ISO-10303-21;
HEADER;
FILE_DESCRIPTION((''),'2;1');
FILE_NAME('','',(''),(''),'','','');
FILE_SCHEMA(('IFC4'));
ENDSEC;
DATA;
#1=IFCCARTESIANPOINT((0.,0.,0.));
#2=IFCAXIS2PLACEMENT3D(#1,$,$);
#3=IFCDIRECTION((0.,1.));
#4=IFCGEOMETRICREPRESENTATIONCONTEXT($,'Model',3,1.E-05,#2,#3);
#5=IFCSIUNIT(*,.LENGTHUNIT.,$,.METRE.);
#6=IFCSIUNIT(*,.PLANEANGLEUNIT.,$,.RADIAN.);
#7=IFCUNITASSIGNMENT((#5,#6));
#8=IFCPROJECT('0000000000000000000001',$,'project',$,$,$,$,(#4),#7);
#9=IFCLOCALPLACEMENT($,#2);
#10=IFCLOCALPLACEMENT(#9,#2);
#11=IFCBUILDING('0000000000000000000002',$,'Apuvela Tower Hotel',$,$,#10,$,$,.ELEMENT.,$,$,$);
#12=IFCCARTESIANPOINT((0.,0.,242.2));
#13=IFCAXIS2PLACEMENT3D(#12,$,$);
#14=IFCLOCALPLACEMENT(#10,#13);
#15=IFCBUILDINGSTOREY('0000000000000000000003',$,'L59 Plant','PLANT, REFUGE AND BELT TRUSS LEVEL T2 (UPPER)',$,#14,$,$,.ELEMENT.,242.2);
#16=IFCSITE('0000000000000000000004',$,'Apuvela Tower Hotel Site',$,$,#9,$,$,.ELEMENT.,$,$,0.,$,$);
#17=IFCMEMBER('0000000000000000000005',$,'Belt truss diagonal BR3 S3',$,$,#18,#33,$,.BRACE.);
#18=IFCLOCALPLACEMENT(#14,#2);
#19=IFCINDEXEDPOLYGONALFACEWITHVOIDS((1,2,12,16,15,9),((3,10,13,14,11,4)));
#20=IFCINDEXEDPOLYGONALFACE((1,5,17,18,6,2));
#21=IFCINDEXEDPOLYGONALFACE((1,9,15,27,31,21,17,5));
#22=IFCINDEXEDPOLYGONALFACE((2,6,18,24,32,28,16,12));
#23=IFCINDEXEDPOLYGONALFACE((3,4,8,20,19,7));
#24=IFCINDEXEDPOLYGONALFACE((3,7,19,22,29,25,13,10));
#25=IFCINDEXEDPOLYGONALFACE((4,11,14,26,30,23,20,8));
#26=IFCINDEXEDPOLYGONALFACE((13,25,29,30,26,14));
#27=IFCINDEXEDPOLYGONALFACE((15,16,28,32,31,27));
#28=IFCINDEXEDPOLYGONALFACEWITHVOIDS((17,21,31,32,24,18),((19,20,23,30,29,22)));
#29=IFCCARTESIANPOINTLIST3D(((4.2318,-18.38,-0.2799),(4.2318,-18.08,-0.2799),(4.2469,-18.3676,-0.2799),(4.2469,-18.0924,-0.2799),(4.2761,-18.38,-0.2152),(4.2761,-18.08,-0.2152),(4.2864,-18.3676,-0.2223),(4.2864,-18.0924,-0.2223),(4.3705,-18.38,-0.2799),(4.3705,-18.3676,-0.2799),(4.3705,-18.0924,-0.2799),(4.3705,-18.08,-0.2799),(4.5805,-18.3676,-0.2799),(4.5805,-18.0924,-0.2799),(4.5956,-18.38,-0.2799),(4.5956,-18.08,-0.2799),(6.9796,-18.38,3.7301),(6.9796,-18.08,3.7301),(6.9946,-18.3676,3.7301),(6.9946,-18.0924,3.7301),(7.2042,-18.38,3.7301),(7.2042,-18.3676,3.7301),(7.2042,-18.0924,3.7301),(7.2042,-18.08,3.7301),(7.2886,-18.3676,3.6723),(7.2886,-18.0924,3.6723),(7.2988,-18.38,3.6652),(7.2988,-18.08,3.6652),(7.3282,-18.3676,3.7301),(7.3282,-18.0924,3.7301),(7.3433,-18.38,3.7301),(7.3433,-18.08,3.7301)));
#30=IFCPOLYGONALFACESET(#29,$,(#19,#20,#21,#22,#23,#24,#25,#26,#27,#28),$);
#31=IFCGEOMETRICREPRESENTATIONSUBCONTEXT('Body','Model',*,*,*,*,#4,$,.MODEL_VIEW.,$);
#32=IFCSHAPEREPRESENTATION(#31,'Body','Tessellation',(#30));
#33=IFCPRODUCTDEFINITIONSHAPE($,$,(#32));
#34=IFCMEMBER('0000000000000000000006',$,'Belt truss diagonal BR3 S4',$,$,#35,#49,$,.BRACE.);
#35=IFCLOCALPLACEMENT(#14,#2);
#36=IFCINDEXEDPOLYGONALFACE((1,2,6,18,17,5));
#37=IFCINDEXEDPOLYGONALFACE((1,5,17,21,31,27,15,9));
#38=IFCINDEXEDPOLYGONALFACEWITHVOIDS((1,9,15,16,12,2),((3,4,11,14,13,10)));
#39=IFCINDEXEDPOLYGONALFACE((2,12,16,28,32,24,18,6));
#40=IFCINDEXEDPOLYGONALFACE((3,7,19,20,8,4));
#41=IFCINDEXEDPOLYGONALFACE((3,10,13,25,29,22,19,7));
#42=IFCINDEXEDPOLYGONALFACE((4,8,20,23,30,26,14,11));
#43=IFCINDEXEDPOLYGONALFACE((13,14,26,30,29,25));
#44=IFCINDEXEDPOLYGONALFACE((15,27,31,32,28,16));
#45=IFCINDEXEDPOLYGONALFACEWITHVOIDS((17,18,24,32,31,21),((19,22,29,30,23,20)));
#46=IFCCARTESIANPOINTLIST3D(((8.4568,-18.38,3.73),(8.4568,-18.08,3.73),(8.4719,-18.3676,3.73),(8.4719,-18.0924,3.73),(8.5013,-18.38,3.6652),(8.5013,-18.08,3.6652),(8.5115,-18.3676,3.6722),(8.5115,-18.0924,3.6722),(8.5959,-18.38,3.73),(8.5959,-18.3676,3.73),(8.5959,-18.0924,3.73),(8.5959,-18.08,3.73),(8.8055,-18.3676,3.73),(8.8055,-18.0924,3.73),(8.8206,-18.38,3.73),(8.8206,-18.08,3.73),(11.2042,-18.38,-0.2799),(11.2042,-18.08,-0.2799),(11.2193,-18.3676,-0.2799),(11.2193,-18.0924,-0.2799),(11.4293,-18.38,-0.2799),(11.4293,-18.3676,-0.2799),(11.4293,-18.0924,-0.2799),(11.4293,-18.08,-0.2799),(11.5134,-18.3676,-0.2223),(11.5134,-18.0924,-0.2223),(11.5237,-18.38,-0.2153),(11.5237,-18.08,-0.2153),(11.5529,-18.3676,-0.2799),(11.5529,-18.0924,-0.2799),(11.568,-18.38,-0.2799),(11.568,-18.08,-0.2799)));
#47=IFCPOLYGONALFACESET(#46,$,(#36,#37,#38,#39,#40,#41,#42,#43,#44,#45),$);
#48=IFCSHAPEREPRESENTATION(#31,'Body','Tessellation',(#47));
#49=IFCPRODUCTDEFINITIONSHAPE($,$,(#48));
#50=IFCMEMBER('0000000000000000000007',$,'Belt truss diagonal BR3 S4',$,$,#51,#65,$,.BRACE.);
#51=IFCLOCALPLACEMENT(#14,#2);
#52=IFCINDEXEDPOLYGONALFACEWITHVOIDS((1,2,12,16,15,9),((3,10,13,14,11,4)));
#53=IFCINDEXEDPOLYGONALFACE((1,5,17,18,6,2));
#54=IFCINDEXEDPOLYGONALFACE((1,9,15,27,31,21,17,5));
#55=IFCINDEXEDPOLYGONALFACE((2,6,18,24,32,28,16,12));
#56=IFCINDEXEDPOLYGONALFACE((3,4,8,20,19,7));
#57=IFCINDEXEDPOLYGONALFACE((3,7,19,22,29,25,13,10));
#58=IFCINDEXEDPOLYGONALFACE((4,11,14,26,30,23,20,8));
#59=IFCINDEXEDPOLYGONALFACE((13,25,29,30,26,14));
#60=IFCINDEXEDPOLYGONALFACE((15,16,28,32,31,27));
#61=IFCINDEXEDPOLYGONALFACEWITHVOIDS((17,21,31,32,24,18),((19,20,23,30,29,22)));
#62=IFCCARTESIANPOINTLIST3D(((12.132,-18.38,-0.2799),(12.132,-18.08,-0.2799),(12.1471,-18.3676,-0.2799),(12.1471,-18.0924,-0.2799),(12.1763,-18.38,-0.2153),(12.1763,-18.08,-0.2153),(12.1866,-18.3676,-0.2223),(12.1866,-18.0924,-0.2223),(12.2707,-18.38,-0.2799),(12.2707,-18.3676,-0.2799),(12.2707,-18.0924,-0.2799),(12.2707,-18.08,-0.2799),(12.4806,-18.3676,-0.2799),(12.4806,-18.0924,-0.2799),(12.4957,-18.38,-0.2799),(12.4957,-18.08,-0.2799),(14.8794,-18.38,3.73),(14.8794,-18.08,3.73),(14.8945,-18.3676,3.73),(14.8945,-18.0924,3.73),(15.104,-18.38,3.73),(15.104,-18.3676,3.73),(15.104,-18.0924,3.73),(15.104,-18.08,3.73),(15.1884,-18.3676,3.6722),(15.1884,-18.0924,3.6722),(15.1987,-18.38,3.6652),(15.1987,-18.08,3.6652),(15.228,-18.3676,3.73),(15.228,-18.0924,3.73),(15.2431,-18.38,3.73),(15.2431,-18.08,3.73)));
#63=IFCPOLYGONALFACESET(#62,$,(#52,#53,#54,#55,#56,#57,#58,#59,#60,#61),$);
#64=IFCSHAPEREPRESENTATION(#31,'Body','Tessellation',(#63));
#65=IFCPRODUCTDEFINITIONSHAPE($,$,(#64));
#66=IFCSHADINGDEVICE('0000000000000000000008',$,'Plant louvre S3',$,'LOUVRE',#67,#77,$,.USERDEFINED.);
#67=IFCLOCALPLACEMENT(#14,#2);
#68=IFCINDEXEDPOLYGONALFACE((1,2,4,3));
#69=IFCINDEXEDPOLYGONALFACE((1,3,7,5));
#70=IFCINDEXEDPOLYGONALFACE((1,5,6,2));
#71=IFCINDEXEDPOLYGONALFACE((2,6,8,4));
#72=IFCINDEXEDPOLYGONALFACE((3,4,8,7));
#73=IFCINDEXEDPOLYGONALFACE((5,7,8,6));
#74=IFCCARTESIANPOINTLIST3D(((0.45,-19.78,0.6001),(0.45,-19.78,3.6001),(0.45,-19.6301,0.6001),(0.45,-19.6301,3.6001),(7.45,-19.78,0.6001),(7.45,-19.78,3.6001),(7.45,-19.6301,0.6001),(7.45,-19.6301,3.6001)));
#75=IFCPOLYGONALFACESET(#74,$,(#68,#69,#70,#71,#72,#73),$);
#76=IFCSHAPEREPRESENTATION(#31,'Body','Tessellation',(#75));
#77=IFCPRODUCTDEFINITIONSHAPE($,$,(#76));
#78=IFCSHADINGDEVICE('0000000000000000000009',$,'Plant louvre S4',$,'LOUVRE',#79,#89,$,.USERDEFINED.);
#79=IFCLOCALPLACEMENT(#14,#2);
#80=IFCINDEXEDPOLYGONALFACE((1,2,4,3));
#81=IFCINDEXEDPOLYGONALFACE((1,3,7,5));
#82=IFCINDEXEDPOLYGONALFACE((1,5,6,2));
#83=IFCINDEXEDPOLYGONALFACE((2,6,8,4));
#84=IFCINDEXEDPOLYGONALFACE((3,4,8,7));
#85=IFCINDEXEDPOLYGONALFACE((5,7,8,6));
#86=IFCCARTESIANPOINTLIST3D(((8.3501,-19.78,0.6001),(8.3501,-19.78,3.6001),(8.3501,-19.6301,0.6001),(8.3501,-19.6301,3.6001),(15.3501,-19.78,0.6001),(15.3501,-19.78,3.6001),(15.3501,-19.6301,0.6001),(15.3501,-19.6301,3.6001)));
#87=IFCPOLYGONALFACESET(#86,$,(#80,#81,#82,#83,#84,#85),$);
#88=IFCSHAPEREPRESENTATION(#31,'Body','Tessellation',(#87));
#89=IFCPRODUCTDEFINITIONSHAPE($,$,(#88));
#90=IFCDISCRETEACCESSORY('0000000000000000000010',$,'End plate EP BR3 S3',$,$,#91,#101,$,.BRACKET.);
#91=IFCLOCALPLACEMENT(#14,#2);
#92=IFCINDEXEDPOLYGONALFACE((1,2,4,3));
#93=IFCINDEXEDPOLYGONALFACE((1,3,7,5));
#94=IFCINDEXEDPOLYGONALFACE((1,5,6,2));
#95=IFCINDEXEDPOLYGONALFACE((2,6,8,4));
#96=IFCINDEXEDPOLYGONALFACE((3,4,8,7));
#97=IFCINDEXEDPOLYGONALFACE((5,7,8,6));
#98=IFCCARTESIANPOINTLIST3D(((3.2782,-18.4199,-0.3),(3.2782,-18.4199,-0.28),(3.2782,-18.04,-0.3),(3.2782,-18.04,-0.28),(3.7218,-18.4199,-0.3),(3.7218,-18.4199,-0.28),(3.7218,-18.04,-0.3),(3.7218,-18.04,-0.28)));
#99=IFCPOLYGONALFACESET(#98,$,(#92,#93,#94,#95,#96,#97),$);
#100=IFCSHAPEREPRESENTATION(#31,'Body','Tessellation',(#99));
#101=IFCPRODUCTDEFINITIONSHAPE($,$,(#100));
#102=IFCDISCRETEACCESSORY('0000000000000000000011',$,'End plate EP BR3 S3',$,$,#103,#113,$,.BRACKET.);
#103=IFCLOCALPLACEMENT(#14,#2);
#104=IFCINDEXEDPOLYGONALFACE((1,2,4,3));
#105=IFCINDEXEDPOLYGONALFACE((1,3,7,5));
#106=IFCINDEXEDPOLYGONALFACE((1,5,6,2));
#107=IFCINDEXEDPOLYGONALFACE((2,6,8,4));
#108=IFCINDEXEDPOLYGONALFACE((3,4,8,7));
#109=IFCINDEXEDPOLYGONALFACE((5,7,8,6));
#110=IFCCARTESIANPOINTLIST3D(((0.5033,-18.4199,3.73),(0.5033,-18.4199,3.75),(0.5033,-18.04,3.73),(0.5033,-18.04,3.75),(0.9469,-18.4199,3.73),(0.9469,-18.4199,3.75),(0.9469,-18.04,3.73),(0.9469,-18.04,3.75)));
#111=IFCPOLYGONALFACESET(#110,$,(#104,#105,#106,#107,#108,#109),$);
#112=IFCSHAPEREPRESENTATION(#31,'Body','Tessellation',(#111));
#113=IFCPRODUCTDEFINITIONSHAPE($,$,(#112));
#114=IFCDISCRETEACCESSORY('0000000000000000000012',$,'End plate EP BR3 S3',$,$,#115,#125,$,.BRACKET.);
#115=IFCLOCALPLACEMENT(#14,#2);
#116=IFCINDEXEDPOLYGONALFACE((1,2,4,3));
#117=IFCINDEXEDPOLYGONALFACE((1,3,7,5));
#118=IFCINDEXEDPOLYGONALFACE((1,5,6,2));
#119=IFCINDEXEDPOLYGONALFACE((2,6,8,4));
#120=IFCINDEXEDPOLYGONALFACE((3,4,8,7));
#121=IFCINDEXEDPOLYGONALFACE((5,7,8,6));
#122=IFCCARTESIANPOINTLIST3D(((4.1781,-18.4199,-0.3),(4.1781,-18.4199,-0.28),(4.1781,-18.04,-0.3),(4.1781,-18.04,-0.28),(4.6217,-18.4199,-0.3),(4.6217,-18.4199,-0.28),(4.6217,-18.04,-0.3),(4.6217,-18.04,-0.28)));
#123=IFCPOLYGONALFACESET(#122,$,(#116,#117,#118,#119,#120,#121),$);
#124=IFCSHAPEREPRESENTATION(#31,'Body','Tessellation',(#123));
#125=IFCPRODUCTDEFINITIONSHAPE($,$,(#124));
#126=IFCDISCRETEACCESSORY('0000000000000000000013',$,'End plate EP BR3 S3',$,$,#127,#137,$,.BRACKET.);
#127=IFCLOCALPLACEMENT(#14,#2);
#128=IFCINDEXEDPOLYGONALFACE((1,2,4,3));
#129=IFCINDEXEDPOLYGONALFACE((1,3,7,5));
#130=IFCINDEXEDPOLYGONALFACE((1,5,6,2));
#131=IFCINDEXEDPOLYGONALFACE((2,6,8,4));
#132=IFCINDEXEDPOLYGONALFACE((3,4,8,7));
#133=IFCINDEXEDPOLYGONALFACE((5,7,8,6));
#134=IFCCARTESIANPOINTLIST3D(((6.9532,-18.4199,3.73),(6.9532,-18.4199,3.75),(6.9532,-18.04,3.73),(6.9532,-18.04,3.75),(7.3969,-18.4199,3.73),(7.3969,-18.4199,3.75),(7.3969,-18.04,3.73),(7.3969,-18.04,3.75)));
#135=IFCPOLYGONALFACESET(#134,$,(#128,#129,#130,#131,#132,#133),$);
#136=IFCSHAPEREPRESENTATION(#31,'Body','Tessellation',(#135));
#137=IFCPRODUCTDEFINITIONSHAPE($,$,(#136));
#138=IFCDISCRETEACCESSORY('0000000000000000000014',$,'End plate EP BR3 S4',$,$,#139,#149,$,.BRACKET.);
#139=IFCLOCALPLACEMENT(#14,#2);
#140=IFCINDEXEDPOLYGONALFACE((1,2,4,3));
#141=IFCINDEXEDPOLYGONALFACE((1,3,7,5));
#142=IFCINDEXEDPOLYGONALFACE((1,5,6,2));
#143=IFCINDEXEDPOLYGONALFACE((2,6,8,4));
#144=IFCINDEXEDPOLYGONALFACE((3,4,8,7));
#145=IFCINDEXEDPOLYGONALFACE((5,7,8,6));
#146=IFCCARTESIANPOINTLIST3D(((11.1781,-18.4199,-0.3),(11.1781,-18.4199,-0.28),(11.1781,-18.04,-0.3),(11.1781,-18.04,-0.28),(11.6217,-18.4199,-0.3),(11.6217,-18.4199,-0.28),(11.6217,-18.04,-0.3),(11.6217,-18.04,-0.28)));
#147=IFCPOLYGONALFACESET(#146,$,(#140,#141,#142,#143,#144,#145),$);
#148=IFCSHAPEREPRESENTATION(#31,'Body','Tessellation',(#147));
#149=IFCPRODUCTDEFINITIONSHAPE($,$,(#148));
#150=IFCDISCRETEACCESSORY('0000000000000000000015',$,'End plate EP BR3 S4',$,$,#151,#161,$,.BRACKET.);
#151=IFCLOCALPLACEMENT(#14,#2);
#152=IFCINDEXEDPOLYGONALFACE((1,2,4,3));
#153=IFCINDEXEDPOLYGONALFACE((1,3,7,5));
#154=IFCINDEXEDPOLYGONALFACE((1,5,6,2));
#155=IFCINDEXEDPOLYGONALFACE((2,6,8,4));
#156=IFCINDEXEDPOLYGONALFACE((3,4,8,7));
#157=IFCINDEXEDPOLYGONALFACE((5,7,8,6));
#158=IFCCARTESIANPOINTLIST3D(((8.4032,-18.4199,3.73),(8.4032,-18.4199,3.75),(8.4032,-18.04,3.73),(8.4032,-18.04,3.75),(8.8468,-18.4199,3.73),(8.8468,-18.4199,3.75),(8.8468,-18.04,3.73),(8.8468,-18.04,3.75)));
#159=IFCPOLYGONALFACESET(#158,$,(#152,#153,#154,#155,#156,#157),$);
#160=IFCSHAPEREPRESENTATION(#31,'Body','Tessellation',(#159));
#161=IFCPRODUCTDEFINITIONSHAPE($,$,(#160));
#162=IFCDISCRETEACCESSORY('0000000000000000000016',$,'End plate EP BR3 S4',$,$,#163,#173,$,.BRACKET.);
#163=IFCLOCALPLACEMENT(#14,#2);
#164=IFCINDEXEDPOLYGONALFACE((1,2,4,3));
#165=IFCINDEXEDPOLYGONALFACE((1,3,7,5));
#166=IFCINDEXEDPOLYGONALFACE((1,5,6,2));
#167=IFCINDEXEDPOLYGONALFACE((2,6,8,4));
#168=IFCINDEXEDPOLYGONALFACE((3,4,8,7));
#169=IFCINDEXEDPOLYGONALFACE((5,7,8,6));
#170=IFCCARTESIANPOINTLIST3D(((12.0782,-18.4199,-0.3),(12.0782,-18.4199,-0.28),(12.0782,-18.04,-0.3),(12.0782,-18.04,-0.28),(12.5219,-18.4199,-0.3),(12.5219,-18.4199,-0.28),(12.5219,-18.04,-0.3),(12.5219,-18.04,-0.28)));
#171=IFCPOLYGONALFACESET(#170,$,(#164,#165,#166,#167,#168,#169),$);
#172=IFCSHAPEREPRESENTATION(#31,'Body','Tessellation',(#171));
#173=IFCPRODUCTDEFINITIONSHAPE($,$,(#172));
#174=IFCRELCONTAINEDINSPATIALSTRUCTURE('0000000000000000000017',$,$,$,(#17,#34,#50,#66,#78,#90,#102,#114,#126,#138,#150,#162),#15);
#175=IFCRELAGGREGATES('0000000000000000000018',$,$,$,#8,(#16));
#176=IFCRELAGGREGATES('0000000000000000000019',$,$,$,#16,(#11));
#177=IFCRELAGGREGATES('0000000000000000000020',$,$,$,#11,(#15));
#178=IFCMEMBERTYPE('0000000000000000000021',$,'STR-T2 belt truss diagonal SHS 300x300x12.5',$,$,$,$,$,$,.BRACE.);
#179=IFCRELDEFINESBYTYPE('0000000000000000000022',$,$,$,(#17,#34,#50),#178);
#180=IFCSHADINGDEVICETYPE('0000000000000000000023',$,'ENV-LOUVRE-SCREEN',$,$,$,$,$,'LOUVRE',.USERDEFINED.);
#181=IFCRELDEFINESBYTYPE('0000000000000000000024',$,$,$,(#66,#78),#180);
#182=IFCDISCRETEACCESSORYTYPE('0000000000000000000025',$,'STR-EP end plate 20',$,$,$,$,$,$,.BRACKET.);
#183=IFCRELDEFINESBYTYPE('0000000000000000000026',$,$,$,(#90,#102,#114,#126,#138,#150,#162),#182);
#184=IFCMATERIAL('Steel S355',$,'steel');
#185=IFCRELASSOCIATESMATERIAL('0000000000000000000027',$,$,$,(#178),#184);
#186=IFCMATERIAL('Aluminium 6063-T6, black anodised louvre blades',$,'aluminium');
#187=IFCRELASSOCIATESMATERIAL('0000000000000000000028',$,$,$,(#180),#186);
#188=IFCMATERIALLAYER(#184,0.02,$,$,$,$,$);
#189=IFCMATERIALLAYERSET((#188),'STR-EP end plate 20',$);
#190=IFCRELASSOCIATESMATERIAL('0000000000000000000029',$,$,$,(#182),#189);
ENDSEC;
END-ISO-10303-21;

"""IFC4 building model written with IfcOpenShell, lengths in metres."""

from ifc_helpers import new_model, si_unit, direction, frame, origin, origin_2d, place, context, subcontext, project, spatial, rectangle, hollow_rectangle, extrude, boolean, halfspace, material, layer, layer_set, material_profile, profile_set, type_object, element, save


model = new_model("IFC4")

# Units and contexts
model_context = context("Model", 3, precision=1e-05, world=origin(), true_north=direction((0.0, 1.0)))
body_context = subcontext(model_context, "Body", "Model", "MODEL_VIEW")
ifc_project = project(units=[si_unit("LENGTHUNIT", "METRE"), si_unit("PLANEANGLEUNIT", "RADIAN")], contexts=[model_context])

# Site, building, storey
site_placement = place(None, origin())
site = spatial("IfcSite", under=ifc_project, at=site_placement, Name="Apuvela Tower Hotel Site", CompositionType="ELEMENT", RefElevation=0.0)
building_placement = place(site_placement, origin())
building = spatial("IfcBuilding", under=site, at=building_placement, Name="Apuvela Tower Hotel", CompositionType="ELEMENT")
storey_placement = place(building_placement, frame((0.0, 0.0, 242.2)))
storey = spatial("IfcBuildingStorey", under=building, at=storey_placement, Name="L59 Plant", Description="PLANT, REFUGE AND BELT TRUSS LEVEL T2 (UPPER)", CompositionType="ELEMENT", Elevation=242.2)

# Shared definitions
ifc_material_1 = material(Name="Steel S355", Category="steel")

# Members
ifc_material_profile_1 = material_profile(ifc_material_1, hollow_rectangle(XDim=0.3, YDim=0.3, WallThickness=0.0125, at=origin_2d()), Name="SHS 300x300x12.5")
ifc_profile_set_1 = profile_set([ifc_material_profile_1], Name="Steel S355")
member_type = type_object("IfcMemberType", Name="STR-T2 belt truss diagonal SHS 300x300x12.5", PredefinedType="BRACE", material=ifc_profile_set_1)
member_1_placement = place(storey_placement, frame((4.3999, -18.23, -0.3), z_axis=(0.565247, 0.0, 0.824922), x_axis=(-0.824922, 0.0, 0.565247)))
solid_1 = boolean("DIFFERENCE", boolean("DIFFERENCE", extrude(hollow_rectangle(XDim=0.3, YDim=0.3, WallThickness=0.0125, at=origin_2d()), frame((0.0, 0.0, -0.2229)), (0.0, 0.0, 1.0), 5.3552), halfspace(frame((0.0, 0.0, 0.0244), z_axis=(0.565247, 0.0, 0.824922), x_axis=(0.824922, 0.0, -0.565247)), True)), halfspace(frame((0.0, 0.0, 4.8855), z_axis=(0.565247, 0.0, 0.824922), x_axis=(0.824922, 0.0, -0.565247)), False))
element("IfcMember", 1, at=member_1_placement, inside=storey, type_object=member_type, Name="Belt truss diagonal BR3 S3", PredefinedType="BRACE", context=body_context, shape_type="SweptSolid", body=[
    boolean("UNION", boolean("DIFFERENCE", boolean("DIFFERENCE", extrude(hollow_rectangle(XDim=0.3, YDim=0.3, WallThickness=0.0125, at=origin_2d()), origin(), (0.0, 0.0, 1.0), 4.9097), halfspace(frame((0.0, 0.0, 0.0244), z_axis=(0.565247, 0.0, 0.824922), x_axis=(0.824922, 0.0, -0.565247)), True)), halfspace(frame((0.0, 0.0, 4.8855), z_axis=(0.565247, 0.0, 0.824922), x_axis=(0.824922, 0.0, -0.565247)), False)), solid_1),
])
member_2_placement = place(storey_placement, frame((11.3999, -18.23, -0.3), z_axis=(-0.565213, 0.0, 0.824945), x_axis=(0.824945, 0.0, 0.565213)))
solid_2 = boolean("DIFFERENCE", boolean("DIFFERENCE", extrude(hollow_rectangle(XDim=0.3, YDim=0.3, WallThickness=0.0125, at=origin_2d()), frame((0.0, 0.0, -0.2229)), (0.0, 0.0, 1.0), 5.355), halfspace(frame((0.0, 0.0, 0.0244), z_axis=(0.565213, 0.0, 0.824945), x_axis=(0.824945, 0.0, -0.565213)), True)), halfspace(frame((0.0, 0.0, 4.8853), z_axis=(0.565213, 0.0, 0.824945), x_axis=(0.824945, 0.0, -0.565213)), False))
element("IfcMember", 2, at=member_2_placement, inside=storey, type_object=member_type, Name="Belt truss diagonal BR3 S4", PredefinedType="BRACE", context=body_context, shape_type="SweptSolid", body=[
    boolean("UNION", boolean("DIFFERENCE", boolean("DIFFERENCE", extrude(hollow_rectangle(XDim=0.3, YDim=0.3, WallThickness=0.0125, at=origin_2d()), origin(), (0.0, 0.0, 1.0), 4.9094), halfspace(frame((0.0, 0.0, 0.0244), z_axis=(0.565213, 0.0, 0.824945), x_axis=(0.824945, 0.0, -0.565213)), True)), halfspace(frame((0.0, 0.0, 4.8853), z_axis=(0.565213, 0.0, 0.824945), x_axis=(0.824945, 0.0, -0.565213)), False)), solid_2),
])
member_3_placement = place(storey_placement, frame((12.3, -18.23, -0.3), z_axis=(0.565213, 0.0, 0.824945), x_axis=(-0.824945, 0.0, 0.565213)))
solid_3 = boolean("DIFFERENCE", boolean("DIFFERENCE", extrude(hollow_rectangle(XDim=0.3, YDim=0.3, WallThickness=0.0125, at=origin_2d()), frame((0.0, 0.0, -0.2229)), (0.0, 0.0, 1.0), 5.355), halfspace(frame((0.0, 0.0, 0.0244), z_axis=(0.565213, 0.0, 0.824945), x_axis=(0.824945, 0.0, -0.565213)), True)), halfspace(frame((0.0, 0.0, 4.8853), z_axis=(0.565213, 0.0, 0.824945), x_axis=(0.824945, 0.0, -0.565213)), False))
element("IfcMember", 3, at=member_3_placement, inside=storey, type_object=member_type, Name="Belt truss diagonal BR3 S4", PredefinedType="BRACE", context=body_context, shape_type="SweptSolid", body=[
    boolean("UNION", boolean("DIFFERENCE", boolean("DIFFERENCE", extrude(hollow_rectangle(XDim=0.3, YDim=0.3, WallThickness=0.0125, at=origin_2d()), origin(), (0.0, 0.0, 1.0), 4.9094), halfspace(frame((0.0, 0.0, 0.0244), z_axis=(0.565213, 0.0, 0.824945), x_axis=(0.824945, 0.0, -0.565213)), True)), halfspace(frame((0.0, 0.0, 4.8853), z_axis=(0.565213, 0.0, 0.824945), x_axis=(0.824945, 0.0, -0.565213)), False)), solid_3),
])

# Shading devices
ifc_material_2 = material(Name="Aluminium 6063-T6, black anodised louvre blades", Category="aluminium")
shading_device_type = type_object("IfcShadingDeviceType", Name="ENV-LOUVRE-SCREEN", ElementType="LOUVRE", PredefinedType="USERDEFINED", material=ifc_material_2)
for number, where, z_axis, x_axis, name in (
    (4, (3.95, -19.7051, 0.6001), (0.0, 0.0, 1.0), (1.0, 0.0, 0.0), "Plant louvre S3"),
    (5, (11.8501, -19.7051, 0.6001), (0.0, 0.0, 1.0), (1.0, 0.0, 0.0), "Plant louvre S4"),
):
    element("IfcShadingDevice", number, at=place(storey_placement, frame(where, z_axis=z_axis, x_axis=x_axis)), inside=storey, type_object=shading_device_type, Name=name, ObjectType="LOUVRE", PredefinedType="USERDEFINED", context=body_context, shape_type="SweptSolid", body=[
        extrude(rectangle(XDim=7.0, YDim=0.1499, at=origin_2d()), origin(), (0.0, 0.0, 1.0), 3.0),
    ])

# Discrete accessories
ifc_layer = layer(ifc_material_1, 0.02)
ifc_layer_set = layer_set([ifc_layer], Name="STR-EP end plate 20")
discrete_accessory_type = type_object("IfcDiscreteAccessoryType", Name="STR-EP end plate 20", PredefinedType="BRACKET", material=ifc_layer_set)
for number, where, z_axis, x_axis, name in (
    (6, (3.5, -18.23, -0.3), (0.0, 0.0, 1.0), (-1.0, 0.0, 0.0), "End plate EP BR3 S3"),
    (7, (0.7251, -18.23, 3.73), (0.0, 0.0, 1.0), (-1.0, 0.0, 0.0), "End plate EP BR3 S3"),
    (8, (4.3999, -18.23, -0.3), (0.0, 0.0, 1.0), (1.0, 0.0, 0.0), "End plate EP BR3 S3"),
    (9, (7.175, -18.23, 3.73), (0.0, 0.0, 1.0), (1.0, 0.0, 0.0), "End plate EP BR3 S3"),
    (10, (11.3999, -18.23, -0.3), (0.0, 0.0, 1.0), (-1.0, 0.0, 0.0), "End plate EP BR3 S4"),
    (11, (8.625, -18.23, 3.73), (0.0, 0.0, 1.0), (-1.0, 0.0, 0.0), "End plate EP BR3 S4"),
    (12, (12.3, -18.23, -0.3), (0.0, 0.0, 1.0), (1.0, 0.0, 0.0), "End plate EP BR3 S4"),
):
    element("IfcDiscreteAccessory", number, at=place(storey_placement, frame(where, z_axis=z_axis, x_axis=x_axis)), inside=storey, type_object=discrete_accessory_type, Name=name, PredefinedType="BRACKET", context=body_context, shape_type="SweptSolid", body=[
        extrude(rectangle(XDim=0.4436, YDim=0.3799, at=origin_2d()), origin(), (0.0, 0.0, 1.0), 0.02),
    ])

save(model, "model.ifc")
